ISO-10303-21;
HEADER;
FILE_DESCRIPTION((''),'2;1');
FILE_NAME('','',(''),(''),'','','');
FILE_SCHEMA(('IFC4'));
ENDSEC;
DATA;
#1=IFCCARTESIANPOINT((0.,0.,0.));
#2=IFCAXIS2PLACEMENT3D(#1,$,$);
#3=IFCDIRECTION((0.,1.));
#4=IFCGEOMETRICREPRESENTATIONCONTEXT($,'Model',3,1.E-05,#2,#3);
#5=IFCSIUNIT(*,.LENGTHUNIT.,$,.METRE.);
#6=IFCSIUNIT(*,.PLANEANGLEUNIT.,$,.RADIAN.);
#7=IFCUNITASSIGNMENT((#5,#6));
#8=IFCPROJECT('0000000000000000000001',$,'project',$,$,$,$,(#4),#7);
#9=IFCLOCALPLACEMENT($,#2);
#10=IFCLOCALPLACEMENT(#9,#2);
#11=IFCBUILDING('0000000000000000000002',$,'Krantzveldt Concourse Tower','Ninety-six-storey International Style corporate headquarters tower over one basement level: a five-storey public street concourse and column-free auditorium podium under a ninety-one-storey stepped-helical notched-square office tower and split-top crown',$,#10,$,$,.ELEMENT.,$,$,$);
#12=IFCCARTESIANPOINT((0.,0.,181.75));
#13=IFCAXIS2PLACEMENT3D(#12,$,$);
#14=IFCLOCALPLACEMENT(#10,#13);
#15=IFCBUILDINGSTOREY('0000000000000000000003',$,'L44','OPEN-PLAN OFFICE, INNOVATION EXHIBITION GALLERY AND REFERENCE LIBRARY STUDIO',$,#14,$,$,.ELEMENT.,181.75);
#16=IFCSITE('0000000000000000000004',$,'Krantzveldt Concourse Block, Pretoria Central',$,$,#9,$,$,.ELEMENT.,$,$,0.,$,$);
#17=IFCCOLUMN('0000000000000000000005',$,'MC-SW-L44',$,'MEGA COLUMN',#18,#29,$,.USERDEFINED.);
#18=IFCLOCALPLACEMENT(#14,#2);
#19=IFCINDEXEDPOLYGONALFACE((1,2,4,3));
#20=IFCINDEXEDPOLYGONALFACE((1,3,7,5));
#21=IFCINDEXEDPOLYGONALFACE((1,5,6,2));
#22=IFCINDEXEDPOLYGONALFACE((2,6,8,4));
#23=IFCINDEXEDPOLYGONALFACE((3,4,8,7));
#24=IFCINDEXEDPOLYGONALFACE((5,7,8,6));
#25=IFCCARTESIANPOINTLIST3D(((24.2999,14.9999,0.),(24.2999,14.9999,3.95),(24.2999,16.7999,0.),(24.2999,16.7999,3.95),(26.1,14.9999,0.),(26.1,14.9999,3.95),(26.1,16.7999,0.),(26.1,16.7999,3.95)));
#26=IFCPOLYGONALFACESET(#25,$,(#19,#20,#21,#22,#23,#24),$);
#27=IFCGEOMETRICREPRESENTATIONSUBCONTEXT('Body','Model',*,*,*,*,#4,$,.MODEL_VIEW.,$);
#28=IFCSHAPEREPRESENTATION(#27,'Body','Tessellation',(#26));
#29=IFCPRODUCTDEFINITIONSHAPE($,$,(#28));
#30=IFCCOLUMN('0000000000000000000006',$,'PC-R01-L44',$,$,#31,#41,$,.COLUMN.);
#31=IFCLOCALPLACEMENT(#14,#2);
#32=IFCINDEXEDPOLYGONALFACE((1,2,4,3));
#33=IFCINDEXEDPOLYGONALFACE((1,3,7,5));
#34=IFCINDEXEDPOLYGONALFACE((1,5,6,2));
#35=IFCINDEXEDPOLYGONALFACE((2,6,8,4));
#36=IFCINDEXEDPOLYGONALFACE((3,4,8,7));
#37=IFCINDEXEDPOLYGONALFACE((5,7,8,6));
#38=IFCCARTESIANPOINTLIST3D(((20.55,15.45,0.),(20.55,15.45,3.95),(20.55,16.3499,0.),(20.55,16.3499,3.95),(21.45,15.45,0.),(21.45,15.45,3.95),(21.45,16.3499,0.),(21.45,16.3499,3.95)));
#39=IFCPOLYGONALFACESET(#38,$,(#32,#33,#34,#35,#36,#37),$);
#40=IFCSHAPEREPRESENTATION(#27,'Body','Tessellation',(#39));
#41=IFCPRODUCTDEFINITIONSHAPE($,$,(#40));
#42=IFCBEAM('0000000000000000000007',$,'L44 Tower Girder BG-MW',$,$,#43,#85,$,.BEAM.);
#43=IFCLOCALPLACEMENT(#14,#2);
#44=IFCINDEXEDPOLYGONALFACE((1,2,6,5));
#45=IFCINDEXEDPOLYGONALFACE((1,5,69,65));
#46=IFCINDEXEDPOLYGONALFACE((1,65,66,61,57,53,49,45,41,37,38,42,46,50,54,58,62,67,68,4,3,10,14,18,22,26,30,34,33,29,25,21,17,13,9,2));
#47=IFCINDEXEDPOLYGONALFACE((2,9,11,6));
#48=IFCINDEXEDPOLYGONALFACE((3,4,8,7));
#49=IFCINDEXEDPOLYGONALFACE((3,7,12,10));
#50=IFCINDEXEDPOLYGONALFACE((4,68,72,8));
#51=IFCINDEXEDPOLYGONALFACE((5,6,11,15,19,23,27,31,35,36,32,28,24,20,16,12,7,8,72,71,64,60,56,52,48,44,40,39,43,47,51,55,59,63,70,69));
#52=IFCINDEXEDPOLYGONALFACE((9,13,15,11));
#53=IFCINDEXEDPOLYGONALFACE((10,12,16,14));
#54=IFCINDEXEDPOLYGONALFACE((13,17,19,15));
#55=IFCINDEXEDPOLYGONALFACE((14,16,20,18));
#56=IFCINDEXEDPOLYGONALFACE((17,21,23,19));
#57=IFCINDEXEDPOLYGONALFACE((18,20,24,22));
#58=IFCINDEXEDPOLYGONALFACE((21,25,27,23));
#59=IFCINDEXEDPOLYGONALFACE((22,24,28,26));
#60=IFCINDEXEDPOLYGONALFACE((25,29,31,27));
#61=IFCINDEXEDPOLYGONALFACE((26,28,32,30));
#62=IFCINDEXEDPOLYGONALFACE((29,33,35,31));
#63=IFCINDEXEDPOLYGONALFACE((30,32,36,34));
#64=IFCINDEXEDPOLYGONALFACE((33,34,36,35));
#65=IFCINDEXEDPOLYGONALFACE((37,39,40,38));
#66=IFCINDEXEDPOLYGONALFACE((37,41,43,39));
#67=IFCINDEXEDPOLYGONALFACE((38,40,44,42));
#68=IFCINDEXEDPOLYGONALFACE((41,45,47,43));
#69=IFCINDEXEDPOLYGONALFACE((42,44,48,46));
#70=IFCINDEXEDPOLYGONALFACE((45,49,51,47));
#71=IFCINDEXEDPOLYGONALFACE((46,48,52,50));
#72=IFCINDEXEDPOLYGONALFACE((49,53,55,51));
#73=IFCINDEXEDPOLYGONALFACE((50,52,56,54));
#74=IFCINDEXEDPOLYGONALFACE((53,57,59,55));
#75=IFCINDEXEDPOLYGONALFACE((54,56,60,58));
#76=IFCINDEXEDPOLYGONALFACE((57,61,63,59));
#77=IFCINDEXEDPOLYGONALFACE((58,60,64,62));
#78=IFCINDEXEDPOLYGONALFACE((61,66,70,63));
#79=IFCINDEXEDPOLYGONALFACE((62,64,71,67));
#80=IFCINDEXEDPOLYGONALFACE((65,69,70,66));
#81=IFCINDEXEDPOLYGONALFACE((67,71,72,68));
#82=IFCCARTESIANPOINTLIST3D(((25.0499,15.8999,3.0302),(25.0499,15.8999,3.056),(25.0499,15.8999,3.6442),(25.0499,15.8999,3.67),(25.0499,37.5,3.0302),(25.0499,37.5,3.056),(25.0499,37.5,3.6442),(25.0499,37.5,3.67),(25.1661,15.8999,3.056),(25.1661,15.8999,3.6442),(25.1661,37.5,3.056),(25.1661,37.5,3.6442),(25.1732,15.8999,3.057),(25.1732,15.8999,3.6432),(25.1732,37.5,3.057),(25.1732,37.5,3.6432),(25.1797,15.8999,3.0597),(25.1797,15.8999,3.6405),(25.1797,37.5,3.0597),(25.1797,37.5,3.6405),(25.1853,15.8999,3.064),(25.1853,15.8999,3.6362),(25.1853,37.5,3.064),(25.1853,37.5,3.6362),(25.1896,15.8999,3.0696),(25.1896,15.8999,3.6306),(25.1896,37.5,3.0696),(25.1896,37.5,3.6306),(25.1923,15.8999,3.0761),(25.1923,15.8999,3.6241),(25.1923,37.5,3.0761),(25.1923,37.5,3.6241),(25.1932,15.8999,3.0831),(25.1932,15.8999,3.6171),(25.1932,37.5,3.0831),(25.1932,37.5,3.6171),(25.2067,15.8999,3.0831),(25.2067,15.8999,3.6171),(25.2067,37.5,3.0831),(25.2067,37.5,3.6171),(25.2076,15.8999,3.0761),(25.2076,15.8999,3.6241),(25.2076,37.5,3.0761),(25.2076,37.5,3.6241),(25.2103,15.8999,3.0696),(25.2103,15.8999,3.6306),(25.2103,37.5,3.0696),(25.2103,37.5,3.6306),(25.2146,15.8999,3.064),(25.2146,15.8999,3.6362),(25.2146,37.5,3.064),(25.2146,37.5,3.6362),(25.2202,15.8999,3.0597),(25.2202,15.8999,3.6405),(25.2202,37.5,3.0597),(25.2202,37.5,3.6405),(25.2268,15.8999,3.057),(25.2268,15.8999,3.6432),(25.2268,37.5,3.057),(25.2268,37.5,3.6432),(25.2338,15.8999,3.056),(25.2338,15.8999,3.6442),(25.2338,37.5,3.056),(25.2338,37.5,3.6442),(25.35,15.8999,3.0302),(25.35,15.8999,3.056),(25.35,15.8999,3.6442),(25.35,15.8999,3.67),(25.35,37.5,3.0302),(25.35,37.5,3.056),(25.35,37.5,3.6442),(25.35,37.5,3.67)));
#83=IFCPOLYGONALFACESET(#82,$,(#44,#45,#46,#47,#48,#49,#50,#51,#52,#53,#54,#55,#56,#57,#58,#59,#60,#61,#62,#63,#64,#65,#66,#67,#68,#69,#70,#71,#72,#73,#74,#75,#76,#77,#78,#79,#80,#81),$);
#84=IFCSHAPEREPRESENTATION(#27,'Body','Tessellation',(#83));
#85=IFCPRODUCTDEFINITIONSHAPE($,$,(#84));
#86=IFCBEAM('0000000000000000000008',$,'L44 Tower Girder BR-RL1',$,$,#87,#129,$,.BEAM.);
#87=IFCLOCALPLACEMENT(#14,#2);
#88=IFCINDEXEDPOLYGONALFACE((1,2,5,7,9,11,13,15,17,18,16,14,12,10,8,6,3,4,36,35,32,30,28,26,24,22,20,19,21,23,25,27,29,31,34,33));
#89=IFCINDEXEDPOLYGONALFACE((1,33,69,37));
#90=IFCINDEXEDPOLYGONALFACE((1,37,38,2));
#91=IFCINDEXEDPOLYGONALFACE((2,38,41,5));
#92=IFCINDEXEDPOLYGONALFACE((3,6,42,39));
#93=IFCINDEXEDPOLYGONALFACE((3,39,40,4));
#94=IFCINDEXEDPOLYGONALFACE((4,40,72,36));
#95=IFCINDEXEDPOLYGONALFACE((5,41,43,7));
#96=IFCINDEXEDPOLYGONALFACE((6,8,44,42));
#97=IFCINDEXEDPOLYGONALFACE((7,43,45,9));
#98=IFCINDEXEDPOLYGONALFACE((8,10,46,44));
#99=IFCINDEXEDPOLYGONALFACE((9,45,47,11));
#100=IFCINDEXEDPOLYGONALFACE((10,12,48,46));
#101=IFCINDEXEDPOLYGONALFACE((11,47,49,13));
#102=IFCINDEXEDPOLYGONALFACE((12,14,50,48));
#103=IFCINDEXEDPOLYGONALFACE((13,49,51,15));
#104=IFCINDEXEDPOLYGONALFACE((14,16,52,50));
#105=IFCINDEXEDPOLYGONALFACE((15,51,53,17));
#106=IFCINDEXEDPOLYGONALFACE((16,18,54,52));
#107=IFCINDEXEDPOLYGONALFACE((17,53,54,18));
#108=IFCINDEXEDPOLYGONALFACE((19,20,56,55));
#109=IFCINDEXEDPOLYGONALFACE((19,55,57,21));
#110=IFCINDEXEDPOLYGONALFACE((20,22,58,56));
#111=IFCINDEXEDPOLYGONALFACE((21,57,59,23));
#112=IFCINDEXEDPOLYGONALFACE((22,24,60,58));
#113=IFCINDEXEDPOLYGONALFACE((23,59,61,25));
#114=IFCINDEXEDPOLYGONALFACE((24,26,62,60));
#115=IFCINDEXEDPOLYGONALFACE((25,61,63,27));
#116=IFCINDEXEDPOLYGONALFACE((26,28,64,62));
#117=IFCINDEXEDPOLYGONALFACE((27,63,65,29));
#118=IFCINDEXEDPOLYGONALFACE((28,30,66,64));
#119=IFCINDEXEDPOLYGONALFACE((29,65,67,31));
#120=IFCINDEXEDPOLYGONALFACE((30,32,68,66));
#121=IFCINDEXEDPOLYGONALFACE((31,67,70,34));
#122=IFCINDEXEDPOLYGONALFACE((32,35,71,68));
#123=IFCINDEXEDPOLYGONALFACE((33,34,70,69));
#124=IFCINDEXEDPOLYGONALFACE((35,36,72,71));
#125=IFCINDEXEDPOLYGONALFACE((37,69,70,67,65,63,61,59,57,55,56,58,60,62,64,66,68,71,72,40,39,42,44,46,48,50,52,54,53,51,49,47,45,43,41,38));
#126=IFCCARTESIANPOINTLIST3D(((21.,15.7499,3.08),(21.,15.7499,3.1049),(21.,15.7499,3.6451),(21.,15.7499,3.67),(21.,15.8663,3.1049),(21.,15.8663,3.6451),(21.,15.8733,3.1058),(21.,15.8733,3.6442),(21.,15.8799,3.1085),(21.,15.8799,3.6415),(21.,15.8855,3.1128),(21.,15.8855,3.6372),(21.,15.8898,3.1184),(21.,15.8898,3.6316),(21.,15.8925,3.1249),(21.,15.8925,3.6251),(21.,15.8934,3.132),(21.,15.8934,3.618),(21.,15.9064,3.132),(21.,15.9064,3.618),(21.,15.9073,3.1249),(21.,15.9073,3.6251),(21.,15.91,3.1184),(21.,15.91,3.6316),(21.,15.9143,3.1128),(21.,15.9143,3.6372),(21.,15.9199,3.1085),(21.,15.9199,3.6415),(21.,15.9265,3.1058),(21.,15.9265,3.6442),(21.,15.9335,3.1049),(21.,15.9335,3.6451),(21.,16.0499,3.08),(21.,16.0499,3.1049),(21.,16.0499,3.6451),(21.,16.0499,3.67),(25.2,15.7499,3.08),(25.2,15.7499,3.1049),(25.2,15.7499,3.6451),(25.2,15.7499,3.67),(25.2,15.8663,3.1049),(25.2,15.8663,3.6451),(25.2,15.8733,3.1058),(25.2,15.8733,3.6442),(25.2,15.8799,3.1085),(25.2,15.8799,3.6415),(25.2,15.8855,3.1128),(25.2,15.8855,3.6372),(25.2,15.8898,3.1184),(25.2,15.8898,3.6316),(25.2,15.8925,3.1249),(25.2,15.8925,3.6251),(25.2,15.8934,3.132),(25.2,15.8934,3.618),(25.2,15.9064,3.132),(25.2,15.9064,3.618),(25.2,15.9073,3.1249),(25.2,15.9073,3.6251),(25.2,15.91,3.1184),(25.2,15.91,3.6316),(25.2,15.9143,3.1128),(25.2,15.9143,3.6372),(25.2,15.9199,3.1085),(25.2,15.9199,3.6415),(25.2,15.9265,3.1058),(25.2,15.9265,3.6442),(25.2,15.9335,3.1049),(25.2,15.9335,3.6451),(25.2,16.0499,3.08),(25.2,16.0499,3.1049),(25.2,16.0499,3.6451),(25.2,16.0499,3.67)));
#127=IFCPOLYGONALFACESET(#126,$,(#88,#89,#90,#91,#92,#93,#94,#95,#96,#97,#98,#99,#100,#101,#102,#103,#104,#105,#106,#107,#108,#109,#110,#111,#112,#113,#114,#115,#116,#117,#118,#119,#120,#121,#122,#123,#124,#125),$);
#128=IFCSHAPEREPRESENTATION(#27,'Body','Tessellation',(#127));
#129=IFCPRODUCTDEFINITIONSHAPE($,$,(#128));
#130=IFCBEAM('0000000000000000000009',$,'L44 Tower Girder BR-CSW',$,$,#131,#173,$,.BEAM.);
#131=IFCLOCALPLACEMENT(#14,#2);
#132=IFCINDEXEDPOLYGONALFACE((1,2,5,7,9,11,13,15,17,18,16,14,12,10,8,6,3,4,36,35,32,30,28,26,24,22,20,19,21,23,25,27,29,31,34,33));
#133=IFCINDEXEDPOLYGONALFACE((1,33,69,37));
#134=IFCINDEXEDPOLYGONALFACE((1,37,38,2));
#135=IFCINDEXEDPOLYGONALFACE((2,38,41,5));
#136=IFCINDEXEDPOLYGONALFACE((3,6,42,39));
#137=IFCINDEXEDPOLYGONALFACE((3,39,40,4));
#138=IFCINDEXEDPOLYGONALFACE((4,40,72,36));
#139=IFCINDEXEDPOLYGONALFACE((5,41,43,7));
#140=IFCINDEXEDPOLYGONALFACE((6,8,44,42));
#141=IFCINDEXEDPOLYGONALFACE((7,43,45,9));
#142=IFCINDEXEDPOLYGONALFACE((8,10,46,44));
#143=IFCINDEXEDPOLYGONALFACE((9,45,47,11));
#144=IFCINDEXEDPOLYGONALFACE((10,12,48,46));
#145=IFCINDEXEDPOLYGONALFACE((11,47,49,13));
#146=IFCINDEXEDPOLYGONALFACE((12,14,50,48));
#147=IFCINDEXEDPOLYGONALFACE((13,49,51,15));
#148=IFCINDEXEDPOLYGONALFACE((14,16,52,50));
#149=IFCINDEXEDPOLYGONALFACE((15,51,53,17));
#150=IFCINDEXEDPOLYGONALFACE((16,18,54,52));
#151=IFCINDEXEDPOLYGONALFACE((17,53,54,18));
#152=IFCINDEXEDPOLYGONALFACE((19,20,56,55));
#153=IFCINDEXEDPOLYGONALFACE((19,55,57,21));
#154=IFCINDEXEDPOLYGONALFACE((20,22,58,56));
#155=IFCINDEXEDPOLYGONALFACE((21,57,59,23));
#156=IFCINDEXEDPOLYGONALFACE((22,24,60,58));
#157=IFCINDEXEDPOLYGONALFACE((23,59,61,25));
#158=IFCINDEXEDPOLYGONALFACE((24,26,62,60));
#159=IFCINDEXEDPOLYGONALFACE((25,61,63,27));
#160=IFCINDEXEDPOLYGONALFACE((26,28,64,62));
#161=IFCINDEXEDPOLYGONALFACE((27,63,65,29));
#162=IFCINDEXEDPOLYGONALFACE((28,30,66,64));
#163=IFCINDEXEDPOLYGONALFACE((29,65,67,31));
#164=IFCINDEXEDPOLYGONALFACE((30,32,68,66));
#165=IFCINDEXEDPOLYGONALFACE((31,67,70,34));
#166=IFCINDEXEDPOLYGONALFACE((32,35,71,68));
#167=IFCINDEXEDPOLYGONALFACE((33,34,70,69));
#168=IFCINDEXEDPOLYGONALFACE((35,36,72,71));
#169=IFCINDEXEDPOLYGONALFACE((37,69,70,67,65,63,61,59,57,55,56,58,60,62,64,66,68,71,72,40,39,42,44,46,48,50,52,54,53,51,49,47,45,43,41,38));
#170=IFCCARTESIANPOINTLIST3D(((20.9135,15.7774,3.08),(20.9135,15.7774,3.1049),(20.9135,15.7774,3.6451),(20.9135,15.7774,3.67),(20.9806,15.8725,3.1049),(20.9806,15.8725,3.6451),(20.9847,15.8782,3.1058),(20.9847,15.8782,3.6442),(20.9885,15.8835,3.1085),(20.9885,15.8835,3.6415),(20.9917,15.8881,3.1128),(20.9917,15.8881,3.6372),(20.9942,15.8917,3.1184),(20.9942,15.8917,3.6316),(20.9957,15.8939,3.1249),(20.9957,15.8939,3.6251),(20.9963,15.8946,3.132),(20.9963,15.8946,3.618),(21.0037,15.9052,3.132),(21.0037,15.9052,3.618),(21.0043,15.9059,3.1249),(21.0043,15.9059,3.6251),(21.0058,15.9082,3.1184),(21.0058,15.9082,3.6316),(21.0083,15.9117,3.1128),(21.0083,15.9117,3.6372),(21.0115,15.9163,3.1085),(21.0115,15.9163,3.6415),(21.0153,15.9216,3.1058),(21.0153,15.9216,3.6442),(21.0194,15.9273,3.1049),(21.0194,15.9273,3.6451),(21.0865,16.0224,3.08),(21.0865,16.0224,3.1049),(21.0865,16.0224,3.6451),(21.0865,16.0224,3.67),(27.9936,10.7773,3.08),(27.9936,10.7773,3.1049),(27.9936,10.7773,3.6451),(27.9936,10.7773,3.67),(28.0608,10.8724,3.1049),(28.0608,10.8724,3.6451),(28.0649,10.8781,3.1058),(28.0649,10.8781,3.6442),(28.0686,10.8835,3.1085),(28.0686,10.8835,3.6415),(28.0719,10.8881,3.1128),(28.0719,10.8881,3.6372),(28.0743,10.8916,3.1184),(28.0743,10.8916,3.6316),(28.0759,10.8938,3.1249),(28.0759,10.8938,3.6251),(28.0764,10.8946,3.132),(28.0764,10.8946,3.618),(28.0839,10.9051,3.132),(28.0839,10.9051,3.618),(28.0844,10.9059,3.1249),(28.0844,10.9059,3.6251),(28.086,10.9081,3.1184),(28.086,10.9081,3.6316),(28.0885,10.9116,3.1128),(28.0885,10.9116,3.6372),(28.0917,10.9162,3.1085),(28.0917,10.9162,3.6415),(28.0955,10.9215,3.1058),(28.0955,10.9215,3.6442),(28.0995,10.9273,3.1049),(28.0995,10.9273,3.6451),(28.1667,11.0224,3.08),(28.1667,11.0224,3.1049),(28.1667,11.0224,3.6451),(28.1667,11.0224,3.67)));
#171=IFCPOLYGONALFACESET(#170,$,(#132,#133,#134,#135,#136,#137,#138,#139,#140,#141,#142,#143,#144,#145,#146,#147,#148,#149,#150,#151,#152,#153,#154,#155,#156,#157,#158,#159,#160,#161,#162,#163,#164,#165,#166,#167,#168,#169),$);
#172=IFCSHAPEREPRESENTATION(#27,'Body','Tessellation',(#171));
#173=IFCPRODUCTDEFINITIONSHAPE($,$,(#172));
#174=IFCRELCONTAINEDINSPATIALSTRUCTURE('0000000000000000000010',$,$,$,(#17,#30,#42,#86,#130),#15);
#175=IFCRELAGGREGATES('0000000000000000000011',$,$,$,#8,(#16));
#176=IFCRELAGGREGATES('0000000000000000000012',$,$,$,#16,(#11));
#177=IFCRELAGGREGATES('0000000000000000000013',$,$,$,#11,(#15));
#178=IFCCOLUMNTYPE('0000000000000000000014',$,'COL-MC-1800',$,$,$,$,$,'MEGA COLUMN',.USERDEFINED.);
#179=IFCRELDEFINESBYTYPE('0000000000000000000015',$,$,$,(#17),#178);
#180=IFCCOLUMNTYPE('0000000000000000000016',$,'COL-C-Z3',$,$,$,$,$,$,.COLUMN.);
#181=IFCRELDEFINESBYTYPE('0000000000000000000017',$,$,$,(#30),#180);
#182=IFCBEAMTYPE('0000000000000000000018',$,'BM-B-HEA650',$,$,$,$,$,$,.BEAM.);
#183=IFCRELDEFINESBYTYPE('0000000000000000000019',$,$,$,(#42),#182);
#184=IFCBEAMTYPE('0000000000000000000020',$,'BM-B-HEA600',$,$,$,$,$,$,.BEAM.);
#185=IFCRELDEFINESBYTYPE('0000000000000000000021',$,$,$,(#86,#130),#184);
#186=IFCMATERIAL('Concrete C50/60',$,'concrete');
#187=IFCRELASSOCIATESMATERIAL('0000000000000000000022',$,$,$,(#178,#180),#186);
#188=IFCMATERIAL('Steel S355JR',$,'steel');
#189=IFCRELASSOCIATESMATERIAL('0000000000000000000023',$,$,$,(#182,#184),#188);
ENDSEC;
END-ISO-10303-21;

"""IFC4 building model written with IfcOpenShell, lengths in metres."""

from ifc_helpers import new_model, si_unit, direction, frame, origin, origin_2d, place, context, subcontext, project, spatial, rectangle, i_section, extrude, source, transform, mapped, material, material_profile, profile_set, type_object, type_shapes, element, save


model = new_model("IFC4")

# Units and contexts
model_context = context("Model", 3, precision=1e-05, world=origin(), true_north=direction((0.0, 1.0)))
body_context = subcontext(model_context, "Body", "Model", "MODEL_VIEW")
ifc_project = project(units=[si_unit("LENGTHUNIT", "METRE"), si_unit("PLANEANGLEUNIT", "RADIAN")], contexts=[model_context])

# Site, building, storey
site_placement = place(None, origin())
site = spatial("IfcSite", under=ifc_project, at=site_placement, Name="Krantzveldt Concourse Block, Pretoria Central", CompositionType="ELEMENT", RefElevation=0.0)
building_placement = place(site_placement, origin())
building = spatial("IfcBuilding", under=site, at=building_placement, Name="Krantzveldt Concourse Tower", Description="Ninety-six-storey International Style corporate headquarters tower over one basement level: a five-storey public street concourse and column-free auditorium podium under a ninety-one-storey stepped-helical notched-square office tower and split-top crown", CompositionType="ELEMENT")
storey_placement = place(building_placement, frame((0.0, 0.0, 181.75)))
storey = spatial("IfcBuildingStorey", under=building, at=storey_placement, Name="L44", Description="OPEN-PLAN OFFICE, INNOVATION EXHIBITION GALLERY AND REFERENCE LIBRARY STUDIO", CompositionType="ELEMENT", Elevation=181.75)

# Columns
ifc_material_1 = material(Name="Concrete C50/60", Category="concrete")
ifc_material_profile_1 = material_profile(ifc_material_1, rectangle(XDim=1.8, YDim=1.8, at=origin_2d()), Name="Concrete C50/60", Category="concrete")
ifc_profile_set_1 = profile_set([ifc_material_profile_1], Name="Concrete C50/60 - RC 1800x1800")
column_type_1 = type_object("IfcColumnType", Name="COL-MC-1800", ElementType="MEGA COLUMN", PredefinedType="USERDEFINED", material=ifc_profile_set_1)
shared_shape_1 = source(origin(), body_context, "Body", "SweptSolid", [
    extrude(rectangle(XDim=1.8, YDim=1.8, at=origin_2d()), origin(), (0.0, 0.0, 1.0), 3.95),
])
type_shapes(column_type_1, [shared_shape_1])
column_1_placement = place(storey_placement, frame((25.2, 15.8999, 0.0), z_axis=(0.0, 0.0, 1.0), x_axis=(1.0, 0.0, 0.0)))
element("IfcColumn", 1, at=column_1_placement, inside=storey, type_object=column_type_1, Name="MC-SW-L44", ObjectType="MEGA COLUMN", PredefinedType="USERDEFINED", context=body_context, shape_type="MappedRepresentation", body=[
    mapped(shared_shape_1, transform((0.0, 0.0, 0.0), x_axis=(1.0, 0.0, 0.0), y_axis=(0.0, 1.0, 0.0), z_axis=(0.0, 0.0, 1.0), scale=1.0)),
])
ifc_material_profile_2 = material_profile(ifc_material_1, rectangle(XDim=0.8999, YDim=0.8999, at=origin_2d()), Name="Concrete C50/60", Category="concrete")
ifc_profile_set_2 = profile_set([ifc_material_profile_2], Name="Concrete C50/60 - RC 900x900")
column_type_2 = type_object("IfcColumnType", Name="COL-C-Z3", PredefinedType="COLUMN", material=ifc_profile_set_2)
shared_shape_2 = source(origin(), body_context, "Body", "SweptSolid", [
    extrude(rectangle(XDim=0.8999, YDim=0.8999, at=origin_2d()), origin(), (0.0, 0.0, 1.0), 3.95),
])
type_shapes(column_type_2, [shared_shape_2])
column_2_placement = place(storey_placement, frame((21.0, 15.8999, 0.0), z_axis=(0.0, 0.0, 1.0), x_axis=(1.0, 0.0, 0.0)))
element("IfcColumn", 2, at=column_2_placement, inside=storey, type_object=column_type_2, Name="PC-R01-L44", PredefinedType="COLUMN", context=body_context, shape_type="MappedRepresentation", body=[
    mapped(shared_shape_2, transform((0.0, 0.0, 0.0), x_axis=(1.0, 0.0, 0.0), y_axis=(0.0, 1.0, 0.0), z_axis=(0.0, 0.0, 1.0), scale=1.0)),
])

# Beams
ifc_material_2 = material(Name="Steel S355JR", Category="steel")
ifc_material_profile_3 = material_profile(ifc_material_2, i_section(OverallWidth=0.3, OverallDepth=0.6399, WebThickness=0.0134, FlangeThickness=0.0259, FilletRadius=0.0271, at=origin_2d()), Name="Steel S355JR", Category="steel")
ifc_profile_set_3 = profile_set([ifc_material_profile_3], Name="Steel S355JR - HEA 650")
beam_type_1 = type_object("IfcBeamType", Name="BM-B-HEA650", PredefinedType="BEAM", material=ifc_profile_set_3)
shared_shape_3 = source(origin(), body_context, "Body", "SweptSolid", [
    extrude(i_section(OverallWidth=0.3, OverallDepth=0.6399, WebThickness=0.0134, FlangeThickness=0.0259, FilletRadius=0.0271, at=origin_2d()), origin(), (0.0, 0.0, 1.0), 21.6001),
])
beam_1_placement = place(storey_placement, frame((25.2, 15.8999, 3.3501), z_axis=(0.0, 1.0, 0.0), x_axis=(-1.0, 0.0, 0.0)))
element("IfcBeam", 3, at=beam_1_placement, inside=storey, type_object=beam_type_1, Name="L44 Tower Girder BG-MW", PredefinedType="BEAM", context=body_context, shape_type="MappedRepresentation", body=[
    mapped(shared_shape_3, transform((0.0, 0.0, 0.0), x_axis=(1.0, 0.0, 0.0), y_axis=(0.0, 1.0, 0.0), z_axis=(0.0, 0.0, 1.0), scale=1.0)),
])
ifc_material_profile_4 = material_profile(ifc_material_2, i_section(OverallWidth=0.3, OverallDepth=0.5901, WebThickness=0.0129, FlangeThickness=0.0249, FilletRadius=0.0271, at=origin_2d()), Name="Steel S355JR", Category="steel")
ifc_profile_set_4 = profile_set([ifc_material_profile_4], Name="Steel S355JR - HEA 600")
beam_type_2 = type_object("IfcBeamType", Name="BM-B-HEA600", PredefinedType="BEAM", material=ifc_profile_set_4)
shared_shape_4 = source(origin(), body_context, "Body", "SweptSolid", [
    extrude(i_section(OverallWidth=0.3, OverallDepth=0.5901, WebThickness=0.0129, FlangeThickness=0.0249, FilletRadius=0.0271, at=origin_2d()), origin(), (0.0, 0.0, 1.0), 4.2),
])
beam_2_placement = place(storey_placement, frame((21.0, 15.8999, 3.375), z_axis=(1.0, 0.0, 0.0), x_axis=(0.0, 1.0, 0.0)))
element("IfcBeam", 4, at=beam_2_placement, inside=storey, type_object=beam_type_2, Name="L44 Tower Girder BR-RL1", PredefinedType="BEAM", context=body_context, shape_type="MappedRepresentation", body=[
    mapped(shared_shape_4, transform((0.0, 0.0, 0.0), x_axis=(1.0, 0.0, 0.0), y_axis=(0.0, 1.0, 0.0), z_axis=(0.0, 0.0, 1.0), scale=1.0)),
])
shared_shape_5 = source(origin(), body_context, "Body", "SweptSolid", [
    extrude(i_section(OverallWidth=0.3, OverallDepth=0.5901, WebThickness=0.0129, FlangeThickness=0.0249, FilletRadius=0.0271, at=origin_2d()), origin(), (0.0, 0.0, 1.0), 8.6677),
])
type_shapes(beam_type_2, [shared_shape_4, shared_shape_5])
beam_3_placement = place(storey_placement, frame((21.0, 15.8999, 3.375), z_axis=(0.816843, -0.57686, 0.0), x_axis=(0.57686, 0.816843, 0.0)))
element("IfcBeam", 5, at=beam_3_placement, inside=storey, type_object=beam_type_2, Name="L44 Tower Girder BR-CSW", PredefinedType="BEAM", context=body_context, shape_type="MappedRepresentation", body=[
    mapped(shared_shape_5, transform((0.0, 0.0, 0.0), x_axis=(1.0, 0.0, 0.0), y_axis=(0.0, 1.0, 0.0), z_axis=(0.0, 0.0, 1.0), scale=1.0)),
])

save(model, "model.ifc")
